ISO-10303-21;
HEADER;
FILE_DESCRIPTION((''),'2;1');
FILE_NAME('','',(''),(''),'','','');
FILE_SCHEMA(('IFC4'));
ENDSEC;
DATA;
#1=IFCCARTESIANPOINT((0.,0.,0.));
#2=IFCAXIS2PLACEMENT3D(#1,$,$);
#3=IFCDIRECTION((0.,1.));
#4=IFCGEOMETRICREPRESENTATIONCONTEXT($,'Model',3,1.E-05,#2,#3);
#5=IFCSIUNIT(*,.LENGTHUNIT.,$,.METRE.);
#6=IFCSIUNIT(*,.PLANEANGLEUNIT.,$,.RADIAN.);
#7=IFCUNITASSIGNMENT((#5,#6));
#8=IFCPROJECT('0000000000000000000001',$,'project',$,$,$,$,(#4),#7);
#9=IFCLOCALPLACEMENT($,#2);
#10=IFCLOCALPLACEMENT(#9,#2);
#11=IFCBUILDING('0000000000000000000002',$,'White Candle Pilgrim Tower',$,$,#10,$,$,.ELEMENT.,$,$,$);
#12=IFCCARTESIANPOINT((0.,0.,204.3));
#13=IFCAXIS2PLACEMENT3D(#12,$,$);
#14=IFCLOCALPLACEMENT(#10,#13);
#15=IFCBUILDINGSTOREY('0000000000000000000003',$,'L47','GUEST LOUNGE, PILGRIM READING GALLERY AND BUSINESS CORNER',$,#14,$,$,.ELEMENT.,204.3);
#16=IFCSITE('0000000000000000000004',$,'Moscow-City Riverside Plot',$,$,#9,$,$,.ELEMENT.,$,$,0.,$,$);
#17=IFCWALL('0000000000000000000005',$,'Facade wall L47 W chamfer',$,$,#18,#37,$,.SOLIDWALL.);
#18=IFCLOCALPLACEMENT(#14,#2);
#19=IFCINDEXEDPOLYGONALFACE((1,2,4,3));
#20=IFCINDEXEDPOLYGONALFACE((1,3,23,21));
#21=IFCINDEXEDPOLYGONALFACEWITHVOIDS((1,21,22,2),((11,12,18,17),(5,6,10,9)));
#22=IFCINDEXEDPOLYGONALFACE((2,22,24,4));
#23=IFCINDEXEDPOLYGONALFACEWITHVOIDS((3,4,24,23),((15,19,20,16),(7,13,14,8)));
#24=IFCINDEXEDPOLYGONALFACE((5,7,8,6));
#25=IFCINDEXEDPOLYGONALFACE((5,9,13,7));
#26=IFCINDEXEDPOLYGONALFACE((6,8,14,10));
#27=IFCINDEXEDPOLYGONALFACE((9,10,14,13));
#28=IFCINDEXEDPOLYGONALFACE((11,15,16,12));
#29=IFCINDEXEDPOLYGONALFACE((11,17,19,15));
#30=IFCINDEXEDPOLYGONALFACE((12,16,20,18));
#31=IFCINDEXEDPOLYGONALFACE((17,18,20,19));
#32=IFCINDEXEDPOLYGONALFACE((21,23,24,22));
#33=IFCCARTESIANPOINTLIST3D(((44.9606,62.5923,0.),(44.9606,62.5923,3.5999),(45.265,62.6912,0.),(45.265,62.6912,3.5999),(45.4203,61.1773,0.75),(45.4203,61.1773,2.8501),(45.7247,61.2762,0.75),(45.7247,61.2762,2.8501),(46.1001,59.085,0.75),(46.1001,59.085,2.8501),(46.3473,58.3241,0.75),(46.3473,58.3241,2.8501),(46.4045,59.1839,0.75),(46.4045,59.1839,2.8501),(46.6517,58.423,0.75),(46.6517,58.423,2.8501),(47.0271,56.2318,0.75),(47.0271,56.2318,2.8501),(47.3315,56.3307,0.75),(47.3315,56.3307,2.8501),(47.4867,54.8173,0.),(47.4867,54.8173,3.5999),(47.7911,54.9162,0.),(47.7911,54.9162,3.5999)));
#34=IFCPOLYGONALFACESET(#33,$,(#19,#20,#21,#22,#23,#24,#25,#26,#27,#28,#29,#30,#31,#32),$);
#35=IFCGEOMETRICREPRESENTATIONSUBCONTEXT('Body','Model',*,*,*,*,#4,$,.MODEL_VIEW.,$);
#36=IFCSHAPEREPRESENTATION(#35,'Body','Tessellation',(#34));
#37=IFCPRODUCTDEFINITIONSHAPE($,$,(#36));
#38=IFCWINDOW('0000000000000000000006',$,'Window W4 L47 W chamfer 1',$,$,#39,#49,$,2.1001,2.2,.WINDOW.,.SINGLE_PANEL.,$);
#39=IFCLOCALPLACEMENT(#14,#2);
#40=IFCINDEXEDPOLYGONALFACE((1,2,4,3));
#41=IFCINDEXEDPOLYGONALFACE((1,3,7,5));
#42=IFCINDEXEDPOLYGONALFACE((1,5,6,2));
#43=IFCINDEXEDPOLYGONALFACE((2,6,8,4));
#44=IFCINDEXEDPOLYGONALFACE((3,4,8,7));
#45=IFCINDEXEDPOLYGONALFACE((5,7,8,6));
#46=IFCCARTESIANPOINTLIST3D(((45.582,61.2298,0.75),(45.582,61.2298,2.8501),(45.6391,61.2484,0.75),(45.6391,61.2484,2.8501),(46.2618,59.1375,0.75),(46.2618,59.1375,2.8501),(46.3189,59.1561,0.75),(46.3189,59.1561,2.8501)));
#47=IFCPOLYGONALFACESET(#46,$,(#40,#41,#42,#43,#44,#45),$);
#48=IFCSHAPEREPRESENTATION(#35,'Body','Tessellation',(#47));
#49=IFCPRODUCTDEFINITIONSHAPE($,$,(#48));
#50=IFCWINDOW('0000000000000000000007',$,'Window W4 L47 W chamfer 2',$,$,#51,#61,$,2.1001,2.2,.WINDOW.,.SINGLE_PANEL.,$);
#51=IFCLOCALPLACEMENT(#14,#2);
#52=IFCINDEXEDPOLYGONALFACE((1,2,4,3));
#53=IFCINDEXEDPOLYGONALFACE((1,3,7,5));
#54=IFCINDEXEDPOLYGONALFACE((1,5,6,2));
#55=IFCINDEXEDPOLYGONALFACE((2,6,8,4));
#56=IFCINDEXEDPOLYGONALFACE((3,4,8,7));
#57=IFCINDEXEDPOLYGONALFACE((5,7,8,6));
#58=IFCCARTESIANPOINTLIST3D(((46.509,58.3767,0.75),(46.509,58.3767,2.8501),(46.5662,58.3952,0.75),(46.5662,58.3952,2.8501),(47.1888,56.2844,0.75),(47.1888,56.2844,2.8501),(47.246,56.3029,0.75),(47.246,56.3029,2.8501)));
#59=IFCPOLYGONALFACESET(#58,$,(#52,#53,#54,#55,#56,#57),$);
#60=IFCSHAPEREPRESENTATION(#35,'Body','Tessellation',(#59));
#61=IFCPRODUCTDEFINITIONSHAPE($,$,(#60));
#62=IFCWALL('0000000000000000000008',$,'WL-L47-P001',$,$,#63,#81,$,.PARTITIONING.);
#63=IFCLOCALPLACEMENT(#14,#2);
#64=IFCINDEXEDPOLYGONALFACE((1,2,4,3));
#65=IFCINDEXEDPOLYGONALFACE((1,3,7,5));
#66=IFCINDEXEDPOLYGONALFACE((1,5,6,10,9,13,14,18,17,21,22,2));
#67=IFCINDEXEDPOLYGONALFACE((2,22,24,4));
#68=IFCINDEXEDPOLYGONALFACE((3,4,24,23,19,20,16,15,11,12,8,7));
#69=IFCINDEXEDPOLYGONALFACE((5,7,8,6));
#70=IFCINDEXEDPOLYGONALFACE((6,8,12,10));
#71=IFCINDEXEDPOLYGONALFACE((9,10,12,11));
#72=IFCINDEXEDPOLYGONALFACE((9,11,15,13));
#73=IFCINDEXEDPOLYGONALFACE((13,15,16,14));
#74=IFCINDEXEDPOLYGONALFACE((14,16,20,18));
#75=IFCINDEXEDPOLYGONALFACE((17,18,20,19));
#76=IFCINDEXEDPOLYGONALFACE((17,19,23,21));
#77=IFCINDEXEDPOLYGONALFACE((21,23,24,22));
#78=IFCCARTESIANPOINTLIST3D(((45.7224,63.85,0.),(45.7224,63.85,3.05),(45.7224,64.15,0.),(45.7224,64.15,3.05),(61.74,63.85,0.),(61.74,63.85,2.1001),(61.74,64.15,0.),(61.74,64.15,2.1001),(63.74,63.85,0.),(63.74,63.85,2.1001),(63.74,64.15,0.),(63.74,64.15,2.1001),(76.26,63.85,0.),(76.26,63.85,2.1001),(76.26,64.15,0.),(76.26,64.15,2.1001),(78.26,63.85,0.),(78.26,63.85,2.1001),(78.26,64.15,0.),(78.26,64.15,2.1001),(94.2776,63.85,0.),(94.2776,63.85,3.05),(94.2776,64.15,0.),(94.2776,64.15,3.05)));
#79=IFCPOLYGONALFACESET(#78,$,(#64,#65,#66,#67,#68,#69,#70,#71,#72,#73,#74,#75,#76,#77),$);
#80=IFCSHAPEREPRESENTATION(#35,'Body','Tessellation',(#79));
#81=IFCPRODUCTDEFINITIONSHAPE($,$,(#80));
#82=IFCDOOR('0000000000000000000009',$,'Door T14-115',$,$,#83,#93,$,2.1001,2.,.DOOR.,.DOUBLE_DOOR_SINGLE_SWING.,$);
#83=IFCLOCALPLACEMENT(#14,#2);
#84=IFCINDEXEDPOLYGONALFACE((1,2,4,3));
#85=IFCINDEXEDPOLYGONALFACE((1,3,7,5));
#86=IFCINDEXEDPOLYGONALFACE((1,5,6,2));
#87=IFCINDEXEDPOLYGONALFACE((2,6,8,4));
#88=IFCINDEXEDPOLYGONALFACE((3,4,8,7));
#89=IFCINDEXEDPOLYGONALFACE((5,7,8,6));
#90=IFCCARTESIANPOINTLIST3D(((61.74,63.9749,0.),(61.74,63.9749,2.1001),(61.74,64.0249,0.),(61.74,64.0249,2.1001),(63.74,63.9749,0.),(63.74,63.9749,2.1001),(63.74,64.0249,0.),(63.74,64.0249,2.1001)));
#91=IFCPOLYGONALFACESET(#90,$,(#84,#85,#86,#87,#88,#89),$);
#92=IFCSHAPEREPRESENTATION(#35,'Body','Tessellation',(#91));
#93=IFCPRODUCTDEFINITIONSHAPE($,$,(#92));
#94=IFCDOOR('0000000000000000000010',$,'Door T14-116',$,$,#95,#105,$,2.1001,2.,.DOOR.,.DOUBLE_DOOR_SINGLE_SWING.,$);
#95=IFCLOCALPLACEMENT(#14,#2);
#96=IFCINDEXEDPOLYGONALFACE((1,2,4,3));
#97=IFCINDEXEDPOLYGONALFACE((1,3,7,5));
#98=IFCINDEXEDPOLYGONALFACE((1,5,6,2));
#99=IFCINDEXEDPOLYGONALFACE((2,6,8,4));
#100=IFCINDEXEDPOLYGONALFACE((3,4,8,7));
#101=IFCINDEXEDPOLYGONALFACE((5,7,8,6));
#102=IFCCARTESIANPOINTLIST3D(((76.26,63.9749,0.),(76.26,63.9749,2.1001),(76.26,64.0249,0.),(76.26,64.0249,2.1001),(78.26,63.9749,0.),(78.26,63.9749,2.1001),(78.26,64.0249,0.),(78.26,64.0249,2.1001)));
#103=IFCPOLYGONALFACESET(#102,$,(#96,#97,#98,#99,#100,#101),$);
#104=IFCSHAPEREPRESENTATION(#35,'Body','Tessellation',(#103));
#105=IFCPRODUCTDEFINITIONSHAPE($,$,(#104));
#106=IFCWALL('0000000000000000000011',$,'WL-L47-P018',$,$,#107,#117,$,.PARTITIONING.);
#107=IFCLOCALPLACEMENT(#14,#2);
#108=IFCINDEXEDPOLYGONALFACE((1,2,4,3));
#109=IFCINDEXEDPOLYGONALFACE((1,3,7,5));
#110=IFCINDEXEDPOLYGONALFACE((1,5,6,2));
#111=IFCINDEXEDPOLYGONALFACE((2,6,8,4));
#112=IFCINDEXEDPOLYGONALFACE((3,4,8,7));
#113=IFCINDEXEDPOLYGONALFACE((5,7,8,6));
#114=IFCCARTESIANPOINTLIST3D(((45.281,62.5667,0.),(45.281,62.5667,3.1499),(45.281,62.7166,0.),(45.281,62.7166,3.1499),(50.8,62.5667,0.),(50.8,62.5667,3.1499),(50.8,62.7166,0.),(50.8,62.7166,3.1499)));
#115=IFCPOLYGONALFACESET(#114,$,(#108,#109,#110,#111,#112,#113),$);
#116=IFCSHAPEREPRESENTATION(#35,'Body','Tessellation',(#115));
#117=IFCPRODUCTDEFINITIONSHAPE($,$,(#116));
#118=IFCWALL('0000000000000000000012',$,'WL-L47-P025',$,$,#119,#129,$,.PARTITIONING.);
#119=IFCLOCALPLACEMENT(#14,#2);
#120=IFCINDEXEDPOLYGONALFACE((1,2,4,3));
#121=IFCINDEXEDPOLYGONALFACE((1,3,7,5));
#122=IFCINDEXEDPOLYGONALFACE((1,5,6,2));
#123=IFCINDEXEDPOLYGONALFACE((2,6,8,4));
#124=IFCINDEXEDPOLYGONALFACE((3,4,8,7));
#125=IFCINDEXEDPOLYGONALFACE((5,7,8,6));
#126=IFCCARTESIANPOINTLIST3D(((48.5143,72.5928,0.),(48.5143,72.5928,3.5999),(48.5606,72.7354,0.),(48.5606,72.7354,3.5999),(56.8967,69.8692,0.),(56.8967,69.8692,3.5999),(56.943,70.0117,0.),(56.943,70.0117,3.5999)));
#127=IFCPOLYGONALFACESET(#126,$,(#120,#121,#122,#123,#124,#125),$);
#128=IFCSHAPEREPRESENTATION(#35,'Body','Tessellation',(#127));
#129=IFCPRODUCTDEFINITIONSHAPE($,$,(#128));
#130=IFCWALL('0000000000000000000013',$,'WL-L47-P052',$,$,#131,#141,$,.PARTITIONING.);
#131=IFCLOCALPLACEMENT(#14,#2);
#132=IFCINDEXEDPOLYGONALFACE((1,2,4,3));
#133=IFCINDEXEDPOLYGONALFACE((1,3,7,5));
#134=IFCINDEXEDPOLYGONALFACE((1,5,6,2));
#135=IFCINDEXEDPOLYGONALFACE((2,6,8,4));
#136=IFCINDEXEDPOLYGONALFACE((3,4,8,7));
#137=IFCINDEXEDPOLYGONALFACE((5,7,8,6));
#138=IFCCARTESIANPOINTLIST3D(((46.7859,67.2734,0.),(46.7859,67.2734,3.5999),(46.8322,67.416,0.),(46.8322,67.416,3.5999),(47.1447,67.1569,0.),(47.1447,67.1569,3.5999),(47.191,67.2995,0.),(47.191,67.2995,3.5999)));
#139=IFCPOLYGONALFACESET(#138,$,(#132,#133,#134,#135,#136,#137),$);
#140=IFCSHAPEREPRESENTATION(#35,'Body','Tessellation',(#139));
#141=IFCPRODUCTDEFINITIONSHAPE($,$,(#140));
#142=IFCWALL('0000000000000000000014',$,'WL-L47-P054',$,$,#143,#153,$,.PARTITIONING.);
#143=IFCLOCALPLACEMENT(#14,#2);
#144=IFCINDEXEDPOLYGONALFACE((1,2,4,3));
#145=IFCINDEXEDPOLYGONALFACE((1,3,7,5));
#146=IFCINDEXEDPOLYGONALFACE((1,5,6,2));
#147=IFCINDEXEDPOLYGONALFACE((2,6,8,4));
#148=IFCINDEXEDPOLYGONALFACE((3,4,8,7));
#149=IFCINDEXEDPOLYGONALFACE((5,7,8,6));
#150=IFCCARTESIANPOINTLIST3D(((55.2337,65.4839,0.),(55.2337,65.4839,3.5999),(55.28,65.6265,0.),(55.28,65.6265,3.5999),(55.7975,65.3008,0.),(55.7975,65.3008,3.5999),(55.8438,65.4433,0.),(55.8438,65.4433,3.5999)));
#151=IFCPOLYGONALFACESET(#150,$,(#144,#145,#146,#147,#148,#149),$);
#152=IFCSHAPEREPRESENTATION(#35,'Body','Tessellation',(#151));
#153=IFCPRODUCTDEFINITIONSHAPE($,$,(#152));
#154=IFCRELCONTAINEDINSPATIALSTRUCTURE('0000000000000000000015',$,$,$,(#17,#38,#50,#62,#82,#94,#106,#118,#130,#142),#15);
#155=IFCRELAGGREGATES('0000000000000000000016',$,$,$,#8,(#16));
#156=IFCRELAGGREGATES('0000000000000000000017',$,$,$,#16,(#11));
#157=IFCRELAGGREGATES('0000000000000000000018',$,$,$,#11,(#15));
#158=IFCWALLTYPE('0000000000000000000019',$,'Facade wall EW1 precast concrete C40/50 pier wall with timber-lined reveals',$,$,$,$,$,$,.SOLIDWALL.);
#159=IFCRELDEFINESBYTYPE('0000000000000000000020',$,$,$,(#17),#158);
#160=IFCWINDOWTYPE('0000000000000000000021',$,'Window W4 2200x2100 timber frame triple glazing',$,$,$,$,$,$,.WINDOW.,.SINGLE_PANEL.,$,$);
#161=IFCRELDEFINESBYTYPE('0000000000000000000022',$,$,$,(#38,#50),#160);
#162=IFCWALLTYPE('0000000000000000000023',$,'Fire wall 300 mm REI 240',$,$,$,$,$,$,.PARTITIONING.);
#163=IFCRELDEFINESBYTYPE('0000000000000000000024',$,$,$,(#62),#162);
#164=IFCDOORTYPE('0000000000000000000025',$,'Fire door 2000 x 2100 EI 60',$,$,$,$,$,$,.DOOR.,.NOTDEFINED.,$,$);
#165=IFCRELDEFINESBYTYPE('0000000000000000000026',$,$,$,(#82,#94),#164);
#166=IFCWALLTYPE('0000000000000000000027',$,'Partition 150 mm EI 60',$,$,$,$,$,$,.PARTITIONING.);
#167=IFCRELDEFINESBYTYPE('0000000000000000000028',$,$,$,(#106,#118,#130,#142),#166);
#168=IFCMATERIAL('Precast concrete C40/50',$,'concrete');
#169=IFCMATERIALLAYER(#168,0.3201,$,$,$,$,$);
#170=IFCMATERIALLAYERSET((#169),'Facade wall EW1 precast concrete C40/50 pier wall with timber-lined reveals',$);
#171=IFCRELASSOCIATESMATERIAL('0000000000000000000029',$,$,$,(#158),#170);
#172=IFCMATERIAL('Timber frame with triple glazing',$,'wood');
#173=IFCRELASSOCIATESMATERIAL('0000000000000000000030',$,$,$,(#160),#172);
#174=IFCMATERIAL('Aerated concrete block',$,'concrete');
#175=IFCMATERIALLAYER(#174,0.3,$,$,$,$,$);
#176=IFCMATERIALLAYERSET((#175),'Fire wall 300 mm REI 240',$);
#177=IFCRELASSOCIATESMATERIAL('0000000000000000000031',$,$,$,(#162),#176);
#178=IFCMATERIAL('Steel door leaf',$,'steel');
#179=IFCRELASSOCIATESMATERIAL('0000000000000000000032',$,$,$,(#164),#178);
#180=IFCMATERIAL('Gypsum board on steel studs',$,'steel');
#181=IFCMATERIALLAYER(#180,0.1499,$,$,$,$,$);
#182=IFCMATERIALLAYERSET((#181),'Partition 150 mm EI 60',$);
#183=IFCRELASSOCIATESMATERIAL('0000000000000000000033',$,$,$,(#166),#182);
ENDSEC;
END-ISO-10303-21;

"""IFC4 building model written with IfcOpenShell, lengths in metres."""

from ifc_helpers import new_model, si_unit, direction, frame, frame_2d, origin, place, context, subcontext, project, spatial, rectangle, extrude, material, layer, layer_set, type_object, element, fill, save


model = new_model("IFC4")

# Units and contexts
model_context = context("Model", 3, precision=1e-05, world=origin(), true_north=direction((0.0, 1.0)))
body_context = subcontext(model_context, "Body", "Model", "MODEL_VIEW")
ifc_project = project(units=[si_unit("LENGTHUNIT", "METRE"), si_unit("PLANEANGLEUNIT", "RADIAN")], contexts=[model_context])

# Site, building, storey
site_placement = place(None, origin())
site = spatial("IfcSite", under=ifc_project, at=site_placement, Name="Moscow-City Riverside Plot", CompositionType="ELEMENT", RefElevation=0.0)
building_placement = place(site_placement, origin())
building = spatial("IfcBuilding", under=site, at=building_placement, Name="White Candle Pilgrim Tower", CompositionType="ELEMENT")
storey_placement = place(building_placement, frame((0.0, 0.0, 204.3)))
storey = spatial("IfcBuildingStorey", under=building, at=storey_placement, Name="L47", Description="GUEST LOUNGE, PILGRIM READING GALLERY AND BUSINESS CORNER", CompositionType="ELEMENT", Elevation=204.3)

# Shared definitions
ifc_material_1 = material(Name="Gypsum board on steel studs", Category="steel")

# Shared definitions
ifc_material_2 = material(Name="Steel door leaf", Category="steel")

# Wall, openings, windows
ifc_material_3 = material(Name="Precast concrete C40/50", Category="concrete")
ifc_layer_1 = layer(ifc_material_3, 0.3201)
ifc_layer_set_1 = layer_set([ifc_layer_1], Name="Facade wall EW1 precast concrete C40/50 pier wall with timber-lined reveals")
wall_type_1 = type_object("IfcWallType", Name="Facade wall EW1 precast concrete C40/50 pier wall with timber-lined reveals", PredefinedType="SOLIDWALL", material=ifc_layer_set_1)
wall_1_placement = place(storey_placement, frame((45.1128, 62.6416, 0.0), z_axis=(0.0, 0.0, 1.0), x_axis=(0.309006, -0.95106, 0.0)))
wall_1 = element("IfcWall", 1, at=wall_1_placement, inside=storey, type_object=wall_type_1, Name="Facade wall L47 W chamfer", PredefinedType="SOLIDWALL", context=body_context, shape_type="SweptSolid", body=[
    extrude(rectangle(XDim=8.175, YDim=0.3201, at=frame_2d((4.0874, 0.0))), origin(), (0.0, 0.0, 1.0), 3.5999),
])
opening_1_placement = place(wall_1_placement, frame((1.4875, 0.0, 0.75)))
opening_1 = element("IfcOpeningElement", 2, at=opening_1_placement, cuts=wall_1, PredefinedType="OPENING", context=body_context, shape_type="SweptSolid", body=[
    extrude(rectangle(XDim=2.2, YDim=2.1001, at=frame_2d((1.1001, 1.05))), frame((0.0, 0.1699, 0.0), z_axis=(0.0, -1.0, 0.0), x_axis=(1.0, 0.0, 0.0)), (0.0, 0.0, 1.0), 0.3401),
])
opening_2_placement = place(wall_1_placement, frame((4.4875, 0.0, 0.75)))
opening_2 = element("IfcOpeningElement", 3, at=opening_2_placement, cuts=wall_1, PredefinedType="OPENING", context=body_context, shape_type="SweptSolid", body=[
    extrude(rectangle(XDim=2.2, YDim=2.1001, at=frame_2d((1.1001, 1.05))), frame((0.0, 0.1699, 0.0), z_axis=(0.0, -1.0, 0.0), x_axis=(1.0, 0.0, 0.0)), (0.0, 0.0, 1.0), 0.3401),
])
ifc_material_4 = material(Name="Timber frame with triple glazing", Category="wood")
window_type = type_object("IfcWindowType", Name="Window W4 2200x2100 timber frame triple glazing", PartitioningType="SINGLE_PANEL", PredefinedType="WINDOW", material=ifc_material_4)
window_1_placement = place(opening_1_placement, origin())
window_1 = element("IfcWindow", 4, at=window_1_placement, inside=storey, type_object=window_type, Name="Window W4 L47 W chamfer 1", OverallHeight=2.1001, OverallWidth=2.2, PartitioningType="SINGLE_PANEL", PredefinedType="WINDOW", context=body_context, shape_type="SweptSolid", body=[
    extrude(rectangle(XDim=2.2, YDim=2.1001, at=frame_2d((1.1001, 1.05))), frame((0.0, 0.0701, 0.0), z_axis=(0.0, -1.0, 0.0), x_axis=(1.0, 0.0, 0.0)), (0.0, 0.0, 1.0), 0.0601),
])
fill(opening_1, window_1)
window_2_placement = place(opening_2_placement, origin())
window_2 = element("IfcWindow", 5, at=window_2_placement, inside=storey, type_object=window_type, Name="Window W4 L47 W chamfer 2", OverallHeight=2.1001, OverallWidth=2.2, PartitioningType="SINGLE_PANEL", PredefinedType="WINDOW", context=body_context, shape_type="SweptSolid", body=[
    extrude(rectangle(XDim=2.2, YDim=2.1001, at=frame_2d((1.1001, 1.05))), frame((0.0, 0.0701, 0.0), z_axis=(0.0, -1.0, 0.0), x_axis=(1.0, 0.0, 0.0)), (0.0, 0.0, 1.0), 0.0601),
])
fill(opening_2, window_2)

# Wall, openings, doors
ifc_material_5 = material(Name="Aerated concrete block", Category="concrete")
ifc_layer_2 = layer(ifc_material_5, 0.3)
ifc_layer_set_2 = layer_set([ifc_layer_2], Name="Fire wall 300 mm REI 240")
wall_type_2 = type_object("IfcWallType", Name="Fire wall 300 mm REI 240", PredefinedType="PARTITIONING", material=ifc_layer_set_2)
wall_2_placement = place(storey_placement, frame((45.7224, 64.0, 0.0), z_axis=(0.0, 0.0, 1.0), x_axis=(1.0, 0.0, 0.0)))
wall_2 = element("IfcWall", 6, at=wall_2_placement, inside=storey, type_object=wall_type_2, Name="WL-L47-P001", PredefinedType="PARTITIONING", context=body_context, shape_type="SweptSolid", body=[
    extrude(rectangle(XDim=48.5552, YDim=0.3, at=frame_2d((24.2776, 0.0))), origin(), (0.0, 0.0, 1.0), 3.05),
])
opening_3_placement = place(wall_2_placement, frame((16.0176, 0.0, 0.0)))
opening_3 = element("IfcOpeningElement", 7, at=opening_3_placement, cuts=wall_2, PredefinedType="OPENING", context=body_context, shape_type="SweptSolid", body=[
    extrude(rectangle(XDim=2.0, YDim=2.1001, at=frame_2d((1.0, 1.05))), frame((0.0, 0.1599, 0.0), z_axis=(0.0, -1.0, 0.0), x_axis=(1.0, 0.0, 0.0)), (0.0, 0.0, 1.0), 0.3201),
])
opening_4_placement = place(wall_2_placement, frame((30.5376, 0.0, 0.0)))
opening_4 = element("IfcOpeningElement", 8, at=opening_4_placement, cuts=wall_2, PredefinedType="OPENING", context=body_context, shape_type="SweptSolid", body=[
    extrude(rectangle(XDim=2.0, YDim=2.1001, at=frame_2d((1.0, 1.05))), frame((0.0, 0.1599, 0.0), z_axis=(0.0, -1.0, 0.0), x_axis=(1.0, 0.0, 0.0)), (0.0, 0.0, 1.0), 0.3201),
])
door_type_1 = type_object("IfcDoorType", Name="Fire door 2000 x 2100 EI 60", OperationType="NOTDEFINED", PredefinedType="DOOR", material=ifc_material_2)
door_1_placement = place(opening_3_placement, origin())
door_1 = element("IfcDoor", 9, at=door_1_placement, inside=storey, type_object=door_type_1, Name="Door T14-115", OperationType="DOUBLE_DOOR_SINGLE_SWING", OverallHeight=2.1001, OverallWidth=2.0, PredefinedType="DOOR", context=body_context, shape_type="SweptSolid", body=[
    extrude(rectangle(XDim=2.0, YDim=2.1001, at=frame_2d((1.0, 1.05))), frame((0.0, 0.0249, 0.0), z_axis=(0.0, -1.0, 0.0), x_axis=(1.0, 0.0, 0.0)), (0.0, 0.0, 1.0), 0.05),
])
fill(opening_3, door_1)
door_2_placement = place(opening_4_placement, origin())
door_2 = element("IfcDoor", 10, at=door_2_placement, inside=storey, type_object=door_type_1, Name="Door T14-116", OperationType="DOUBLE_DOOR_SINGLE_SWING", OverallHeight=2.1001, OverallWidth=2.0, PredefinedType="DOOR", context=body_context, shape_type="SweptSolid", body=[
    extrude(rectangle(XDim=2.0, YDim=2.1001, at=frame_2d((1.0, 1.05))), frame((0.0, 0.0249, 0.0), z_axis=(0.0, -1.0, 0.0), x_axis=(1.0, 0.0, 0.0)), (0.0, 0.0, 1.0), 0.05),
])
fill(opening_4, door_2)

# Walls
ifc_layer_3 = layer(ifc_material_1, 0.1499)
ifc_layer_set_3 = layer_set([ifc_layer_3], Name="Partition 150 mm EI 60")
wall_type_3 = type_object("IfcWallType", Name="Partition 150 mm EI 60", PredefinedType="PARTITIONING", material=ifc_layer_set_3)
wall_3_placement = place(storey_placement, frame((45.281, 62.6416, 0.0), z_axis=(0.0, 0.0, 1.0), x_axis=(1.0, 0.0, 0.0)))
element("IfcWall", 11, at=wall_3_placement, inside=storey, type_object=wall_type_3, Name="WL-L47-P018", PredefinedType="PARTITIONING", context=body_context, shape_type="SweptSolid", body=[
    extrude(rectangle(XDim=5.519, YDim=0.1499, at=frame_2d((2.7595, 0.0))), origin(), (0.0, 0.0, 1.0), 3.1499),
])
wall_4_placement = place(storey_placement, frame((48.5376, 72.6641, 0.0), z_axis=(0.0, 0.0, 1.0), x_axis=(0.951055, -0.309022, 0.0)))
element("IfcWall", 12, at=wall_4_placement, inside=storey, type_object=wall_type_3, Name="WL-L47-P025", PredefinedType="PARTITIONING", context=body_context, shape_type="SweptSolid", body=[
    extrude(rectangle(XDim=8.8137, YDim=0.1499, at=frame_2d((4.4067, 0.0))), origin(), (0.0, 0.0, 1.0), 3.5999),
])
wall_5_placement = place(storey_placement, frame((47.1677, 67.2283, 0.0), z_axis=(0.0, 0.0, 1.0), x_axis=(-0.951115, 0.308837, 0.0)))
element("IfcWall", 13, at=wall_5_placement, inside=storey, type_object=wall_type_3, Name="WL-L47-P052", PredefinedType="PARTITIONING", context=body_context, shape_type="SweptSolid", body=[
    extrude(rectangle(XDim=0.3772, YDim=0.1499, at=frame_2d((0.1885, 0.0))), origin(), (0.0, 0.0, 1.0), 3.5999),
])
wall_6_placement = place(storey_placement, frame((55.2568, 65.5552, 0.0), z_axis=(0.0, 0.0, 1.0), x_axis=(0.951086, -0.308928, 0.0)))
element("IfcWall", 14, at=wall_6_placement, inside=storey, type_object=wall_type_3, Name="WL-L47-P054", PredefinedType="PARTITIONING", context=body_context, shape_type="SweptSolid", body=[
    extrude(rectangle(XDim=0.5928, YDim=0.1499, at=frame_2d((0.2964, 0.0))), origin(), (0.0, 0.0, 1.0), 3.5999),
])

save(model, "model.ifc")
